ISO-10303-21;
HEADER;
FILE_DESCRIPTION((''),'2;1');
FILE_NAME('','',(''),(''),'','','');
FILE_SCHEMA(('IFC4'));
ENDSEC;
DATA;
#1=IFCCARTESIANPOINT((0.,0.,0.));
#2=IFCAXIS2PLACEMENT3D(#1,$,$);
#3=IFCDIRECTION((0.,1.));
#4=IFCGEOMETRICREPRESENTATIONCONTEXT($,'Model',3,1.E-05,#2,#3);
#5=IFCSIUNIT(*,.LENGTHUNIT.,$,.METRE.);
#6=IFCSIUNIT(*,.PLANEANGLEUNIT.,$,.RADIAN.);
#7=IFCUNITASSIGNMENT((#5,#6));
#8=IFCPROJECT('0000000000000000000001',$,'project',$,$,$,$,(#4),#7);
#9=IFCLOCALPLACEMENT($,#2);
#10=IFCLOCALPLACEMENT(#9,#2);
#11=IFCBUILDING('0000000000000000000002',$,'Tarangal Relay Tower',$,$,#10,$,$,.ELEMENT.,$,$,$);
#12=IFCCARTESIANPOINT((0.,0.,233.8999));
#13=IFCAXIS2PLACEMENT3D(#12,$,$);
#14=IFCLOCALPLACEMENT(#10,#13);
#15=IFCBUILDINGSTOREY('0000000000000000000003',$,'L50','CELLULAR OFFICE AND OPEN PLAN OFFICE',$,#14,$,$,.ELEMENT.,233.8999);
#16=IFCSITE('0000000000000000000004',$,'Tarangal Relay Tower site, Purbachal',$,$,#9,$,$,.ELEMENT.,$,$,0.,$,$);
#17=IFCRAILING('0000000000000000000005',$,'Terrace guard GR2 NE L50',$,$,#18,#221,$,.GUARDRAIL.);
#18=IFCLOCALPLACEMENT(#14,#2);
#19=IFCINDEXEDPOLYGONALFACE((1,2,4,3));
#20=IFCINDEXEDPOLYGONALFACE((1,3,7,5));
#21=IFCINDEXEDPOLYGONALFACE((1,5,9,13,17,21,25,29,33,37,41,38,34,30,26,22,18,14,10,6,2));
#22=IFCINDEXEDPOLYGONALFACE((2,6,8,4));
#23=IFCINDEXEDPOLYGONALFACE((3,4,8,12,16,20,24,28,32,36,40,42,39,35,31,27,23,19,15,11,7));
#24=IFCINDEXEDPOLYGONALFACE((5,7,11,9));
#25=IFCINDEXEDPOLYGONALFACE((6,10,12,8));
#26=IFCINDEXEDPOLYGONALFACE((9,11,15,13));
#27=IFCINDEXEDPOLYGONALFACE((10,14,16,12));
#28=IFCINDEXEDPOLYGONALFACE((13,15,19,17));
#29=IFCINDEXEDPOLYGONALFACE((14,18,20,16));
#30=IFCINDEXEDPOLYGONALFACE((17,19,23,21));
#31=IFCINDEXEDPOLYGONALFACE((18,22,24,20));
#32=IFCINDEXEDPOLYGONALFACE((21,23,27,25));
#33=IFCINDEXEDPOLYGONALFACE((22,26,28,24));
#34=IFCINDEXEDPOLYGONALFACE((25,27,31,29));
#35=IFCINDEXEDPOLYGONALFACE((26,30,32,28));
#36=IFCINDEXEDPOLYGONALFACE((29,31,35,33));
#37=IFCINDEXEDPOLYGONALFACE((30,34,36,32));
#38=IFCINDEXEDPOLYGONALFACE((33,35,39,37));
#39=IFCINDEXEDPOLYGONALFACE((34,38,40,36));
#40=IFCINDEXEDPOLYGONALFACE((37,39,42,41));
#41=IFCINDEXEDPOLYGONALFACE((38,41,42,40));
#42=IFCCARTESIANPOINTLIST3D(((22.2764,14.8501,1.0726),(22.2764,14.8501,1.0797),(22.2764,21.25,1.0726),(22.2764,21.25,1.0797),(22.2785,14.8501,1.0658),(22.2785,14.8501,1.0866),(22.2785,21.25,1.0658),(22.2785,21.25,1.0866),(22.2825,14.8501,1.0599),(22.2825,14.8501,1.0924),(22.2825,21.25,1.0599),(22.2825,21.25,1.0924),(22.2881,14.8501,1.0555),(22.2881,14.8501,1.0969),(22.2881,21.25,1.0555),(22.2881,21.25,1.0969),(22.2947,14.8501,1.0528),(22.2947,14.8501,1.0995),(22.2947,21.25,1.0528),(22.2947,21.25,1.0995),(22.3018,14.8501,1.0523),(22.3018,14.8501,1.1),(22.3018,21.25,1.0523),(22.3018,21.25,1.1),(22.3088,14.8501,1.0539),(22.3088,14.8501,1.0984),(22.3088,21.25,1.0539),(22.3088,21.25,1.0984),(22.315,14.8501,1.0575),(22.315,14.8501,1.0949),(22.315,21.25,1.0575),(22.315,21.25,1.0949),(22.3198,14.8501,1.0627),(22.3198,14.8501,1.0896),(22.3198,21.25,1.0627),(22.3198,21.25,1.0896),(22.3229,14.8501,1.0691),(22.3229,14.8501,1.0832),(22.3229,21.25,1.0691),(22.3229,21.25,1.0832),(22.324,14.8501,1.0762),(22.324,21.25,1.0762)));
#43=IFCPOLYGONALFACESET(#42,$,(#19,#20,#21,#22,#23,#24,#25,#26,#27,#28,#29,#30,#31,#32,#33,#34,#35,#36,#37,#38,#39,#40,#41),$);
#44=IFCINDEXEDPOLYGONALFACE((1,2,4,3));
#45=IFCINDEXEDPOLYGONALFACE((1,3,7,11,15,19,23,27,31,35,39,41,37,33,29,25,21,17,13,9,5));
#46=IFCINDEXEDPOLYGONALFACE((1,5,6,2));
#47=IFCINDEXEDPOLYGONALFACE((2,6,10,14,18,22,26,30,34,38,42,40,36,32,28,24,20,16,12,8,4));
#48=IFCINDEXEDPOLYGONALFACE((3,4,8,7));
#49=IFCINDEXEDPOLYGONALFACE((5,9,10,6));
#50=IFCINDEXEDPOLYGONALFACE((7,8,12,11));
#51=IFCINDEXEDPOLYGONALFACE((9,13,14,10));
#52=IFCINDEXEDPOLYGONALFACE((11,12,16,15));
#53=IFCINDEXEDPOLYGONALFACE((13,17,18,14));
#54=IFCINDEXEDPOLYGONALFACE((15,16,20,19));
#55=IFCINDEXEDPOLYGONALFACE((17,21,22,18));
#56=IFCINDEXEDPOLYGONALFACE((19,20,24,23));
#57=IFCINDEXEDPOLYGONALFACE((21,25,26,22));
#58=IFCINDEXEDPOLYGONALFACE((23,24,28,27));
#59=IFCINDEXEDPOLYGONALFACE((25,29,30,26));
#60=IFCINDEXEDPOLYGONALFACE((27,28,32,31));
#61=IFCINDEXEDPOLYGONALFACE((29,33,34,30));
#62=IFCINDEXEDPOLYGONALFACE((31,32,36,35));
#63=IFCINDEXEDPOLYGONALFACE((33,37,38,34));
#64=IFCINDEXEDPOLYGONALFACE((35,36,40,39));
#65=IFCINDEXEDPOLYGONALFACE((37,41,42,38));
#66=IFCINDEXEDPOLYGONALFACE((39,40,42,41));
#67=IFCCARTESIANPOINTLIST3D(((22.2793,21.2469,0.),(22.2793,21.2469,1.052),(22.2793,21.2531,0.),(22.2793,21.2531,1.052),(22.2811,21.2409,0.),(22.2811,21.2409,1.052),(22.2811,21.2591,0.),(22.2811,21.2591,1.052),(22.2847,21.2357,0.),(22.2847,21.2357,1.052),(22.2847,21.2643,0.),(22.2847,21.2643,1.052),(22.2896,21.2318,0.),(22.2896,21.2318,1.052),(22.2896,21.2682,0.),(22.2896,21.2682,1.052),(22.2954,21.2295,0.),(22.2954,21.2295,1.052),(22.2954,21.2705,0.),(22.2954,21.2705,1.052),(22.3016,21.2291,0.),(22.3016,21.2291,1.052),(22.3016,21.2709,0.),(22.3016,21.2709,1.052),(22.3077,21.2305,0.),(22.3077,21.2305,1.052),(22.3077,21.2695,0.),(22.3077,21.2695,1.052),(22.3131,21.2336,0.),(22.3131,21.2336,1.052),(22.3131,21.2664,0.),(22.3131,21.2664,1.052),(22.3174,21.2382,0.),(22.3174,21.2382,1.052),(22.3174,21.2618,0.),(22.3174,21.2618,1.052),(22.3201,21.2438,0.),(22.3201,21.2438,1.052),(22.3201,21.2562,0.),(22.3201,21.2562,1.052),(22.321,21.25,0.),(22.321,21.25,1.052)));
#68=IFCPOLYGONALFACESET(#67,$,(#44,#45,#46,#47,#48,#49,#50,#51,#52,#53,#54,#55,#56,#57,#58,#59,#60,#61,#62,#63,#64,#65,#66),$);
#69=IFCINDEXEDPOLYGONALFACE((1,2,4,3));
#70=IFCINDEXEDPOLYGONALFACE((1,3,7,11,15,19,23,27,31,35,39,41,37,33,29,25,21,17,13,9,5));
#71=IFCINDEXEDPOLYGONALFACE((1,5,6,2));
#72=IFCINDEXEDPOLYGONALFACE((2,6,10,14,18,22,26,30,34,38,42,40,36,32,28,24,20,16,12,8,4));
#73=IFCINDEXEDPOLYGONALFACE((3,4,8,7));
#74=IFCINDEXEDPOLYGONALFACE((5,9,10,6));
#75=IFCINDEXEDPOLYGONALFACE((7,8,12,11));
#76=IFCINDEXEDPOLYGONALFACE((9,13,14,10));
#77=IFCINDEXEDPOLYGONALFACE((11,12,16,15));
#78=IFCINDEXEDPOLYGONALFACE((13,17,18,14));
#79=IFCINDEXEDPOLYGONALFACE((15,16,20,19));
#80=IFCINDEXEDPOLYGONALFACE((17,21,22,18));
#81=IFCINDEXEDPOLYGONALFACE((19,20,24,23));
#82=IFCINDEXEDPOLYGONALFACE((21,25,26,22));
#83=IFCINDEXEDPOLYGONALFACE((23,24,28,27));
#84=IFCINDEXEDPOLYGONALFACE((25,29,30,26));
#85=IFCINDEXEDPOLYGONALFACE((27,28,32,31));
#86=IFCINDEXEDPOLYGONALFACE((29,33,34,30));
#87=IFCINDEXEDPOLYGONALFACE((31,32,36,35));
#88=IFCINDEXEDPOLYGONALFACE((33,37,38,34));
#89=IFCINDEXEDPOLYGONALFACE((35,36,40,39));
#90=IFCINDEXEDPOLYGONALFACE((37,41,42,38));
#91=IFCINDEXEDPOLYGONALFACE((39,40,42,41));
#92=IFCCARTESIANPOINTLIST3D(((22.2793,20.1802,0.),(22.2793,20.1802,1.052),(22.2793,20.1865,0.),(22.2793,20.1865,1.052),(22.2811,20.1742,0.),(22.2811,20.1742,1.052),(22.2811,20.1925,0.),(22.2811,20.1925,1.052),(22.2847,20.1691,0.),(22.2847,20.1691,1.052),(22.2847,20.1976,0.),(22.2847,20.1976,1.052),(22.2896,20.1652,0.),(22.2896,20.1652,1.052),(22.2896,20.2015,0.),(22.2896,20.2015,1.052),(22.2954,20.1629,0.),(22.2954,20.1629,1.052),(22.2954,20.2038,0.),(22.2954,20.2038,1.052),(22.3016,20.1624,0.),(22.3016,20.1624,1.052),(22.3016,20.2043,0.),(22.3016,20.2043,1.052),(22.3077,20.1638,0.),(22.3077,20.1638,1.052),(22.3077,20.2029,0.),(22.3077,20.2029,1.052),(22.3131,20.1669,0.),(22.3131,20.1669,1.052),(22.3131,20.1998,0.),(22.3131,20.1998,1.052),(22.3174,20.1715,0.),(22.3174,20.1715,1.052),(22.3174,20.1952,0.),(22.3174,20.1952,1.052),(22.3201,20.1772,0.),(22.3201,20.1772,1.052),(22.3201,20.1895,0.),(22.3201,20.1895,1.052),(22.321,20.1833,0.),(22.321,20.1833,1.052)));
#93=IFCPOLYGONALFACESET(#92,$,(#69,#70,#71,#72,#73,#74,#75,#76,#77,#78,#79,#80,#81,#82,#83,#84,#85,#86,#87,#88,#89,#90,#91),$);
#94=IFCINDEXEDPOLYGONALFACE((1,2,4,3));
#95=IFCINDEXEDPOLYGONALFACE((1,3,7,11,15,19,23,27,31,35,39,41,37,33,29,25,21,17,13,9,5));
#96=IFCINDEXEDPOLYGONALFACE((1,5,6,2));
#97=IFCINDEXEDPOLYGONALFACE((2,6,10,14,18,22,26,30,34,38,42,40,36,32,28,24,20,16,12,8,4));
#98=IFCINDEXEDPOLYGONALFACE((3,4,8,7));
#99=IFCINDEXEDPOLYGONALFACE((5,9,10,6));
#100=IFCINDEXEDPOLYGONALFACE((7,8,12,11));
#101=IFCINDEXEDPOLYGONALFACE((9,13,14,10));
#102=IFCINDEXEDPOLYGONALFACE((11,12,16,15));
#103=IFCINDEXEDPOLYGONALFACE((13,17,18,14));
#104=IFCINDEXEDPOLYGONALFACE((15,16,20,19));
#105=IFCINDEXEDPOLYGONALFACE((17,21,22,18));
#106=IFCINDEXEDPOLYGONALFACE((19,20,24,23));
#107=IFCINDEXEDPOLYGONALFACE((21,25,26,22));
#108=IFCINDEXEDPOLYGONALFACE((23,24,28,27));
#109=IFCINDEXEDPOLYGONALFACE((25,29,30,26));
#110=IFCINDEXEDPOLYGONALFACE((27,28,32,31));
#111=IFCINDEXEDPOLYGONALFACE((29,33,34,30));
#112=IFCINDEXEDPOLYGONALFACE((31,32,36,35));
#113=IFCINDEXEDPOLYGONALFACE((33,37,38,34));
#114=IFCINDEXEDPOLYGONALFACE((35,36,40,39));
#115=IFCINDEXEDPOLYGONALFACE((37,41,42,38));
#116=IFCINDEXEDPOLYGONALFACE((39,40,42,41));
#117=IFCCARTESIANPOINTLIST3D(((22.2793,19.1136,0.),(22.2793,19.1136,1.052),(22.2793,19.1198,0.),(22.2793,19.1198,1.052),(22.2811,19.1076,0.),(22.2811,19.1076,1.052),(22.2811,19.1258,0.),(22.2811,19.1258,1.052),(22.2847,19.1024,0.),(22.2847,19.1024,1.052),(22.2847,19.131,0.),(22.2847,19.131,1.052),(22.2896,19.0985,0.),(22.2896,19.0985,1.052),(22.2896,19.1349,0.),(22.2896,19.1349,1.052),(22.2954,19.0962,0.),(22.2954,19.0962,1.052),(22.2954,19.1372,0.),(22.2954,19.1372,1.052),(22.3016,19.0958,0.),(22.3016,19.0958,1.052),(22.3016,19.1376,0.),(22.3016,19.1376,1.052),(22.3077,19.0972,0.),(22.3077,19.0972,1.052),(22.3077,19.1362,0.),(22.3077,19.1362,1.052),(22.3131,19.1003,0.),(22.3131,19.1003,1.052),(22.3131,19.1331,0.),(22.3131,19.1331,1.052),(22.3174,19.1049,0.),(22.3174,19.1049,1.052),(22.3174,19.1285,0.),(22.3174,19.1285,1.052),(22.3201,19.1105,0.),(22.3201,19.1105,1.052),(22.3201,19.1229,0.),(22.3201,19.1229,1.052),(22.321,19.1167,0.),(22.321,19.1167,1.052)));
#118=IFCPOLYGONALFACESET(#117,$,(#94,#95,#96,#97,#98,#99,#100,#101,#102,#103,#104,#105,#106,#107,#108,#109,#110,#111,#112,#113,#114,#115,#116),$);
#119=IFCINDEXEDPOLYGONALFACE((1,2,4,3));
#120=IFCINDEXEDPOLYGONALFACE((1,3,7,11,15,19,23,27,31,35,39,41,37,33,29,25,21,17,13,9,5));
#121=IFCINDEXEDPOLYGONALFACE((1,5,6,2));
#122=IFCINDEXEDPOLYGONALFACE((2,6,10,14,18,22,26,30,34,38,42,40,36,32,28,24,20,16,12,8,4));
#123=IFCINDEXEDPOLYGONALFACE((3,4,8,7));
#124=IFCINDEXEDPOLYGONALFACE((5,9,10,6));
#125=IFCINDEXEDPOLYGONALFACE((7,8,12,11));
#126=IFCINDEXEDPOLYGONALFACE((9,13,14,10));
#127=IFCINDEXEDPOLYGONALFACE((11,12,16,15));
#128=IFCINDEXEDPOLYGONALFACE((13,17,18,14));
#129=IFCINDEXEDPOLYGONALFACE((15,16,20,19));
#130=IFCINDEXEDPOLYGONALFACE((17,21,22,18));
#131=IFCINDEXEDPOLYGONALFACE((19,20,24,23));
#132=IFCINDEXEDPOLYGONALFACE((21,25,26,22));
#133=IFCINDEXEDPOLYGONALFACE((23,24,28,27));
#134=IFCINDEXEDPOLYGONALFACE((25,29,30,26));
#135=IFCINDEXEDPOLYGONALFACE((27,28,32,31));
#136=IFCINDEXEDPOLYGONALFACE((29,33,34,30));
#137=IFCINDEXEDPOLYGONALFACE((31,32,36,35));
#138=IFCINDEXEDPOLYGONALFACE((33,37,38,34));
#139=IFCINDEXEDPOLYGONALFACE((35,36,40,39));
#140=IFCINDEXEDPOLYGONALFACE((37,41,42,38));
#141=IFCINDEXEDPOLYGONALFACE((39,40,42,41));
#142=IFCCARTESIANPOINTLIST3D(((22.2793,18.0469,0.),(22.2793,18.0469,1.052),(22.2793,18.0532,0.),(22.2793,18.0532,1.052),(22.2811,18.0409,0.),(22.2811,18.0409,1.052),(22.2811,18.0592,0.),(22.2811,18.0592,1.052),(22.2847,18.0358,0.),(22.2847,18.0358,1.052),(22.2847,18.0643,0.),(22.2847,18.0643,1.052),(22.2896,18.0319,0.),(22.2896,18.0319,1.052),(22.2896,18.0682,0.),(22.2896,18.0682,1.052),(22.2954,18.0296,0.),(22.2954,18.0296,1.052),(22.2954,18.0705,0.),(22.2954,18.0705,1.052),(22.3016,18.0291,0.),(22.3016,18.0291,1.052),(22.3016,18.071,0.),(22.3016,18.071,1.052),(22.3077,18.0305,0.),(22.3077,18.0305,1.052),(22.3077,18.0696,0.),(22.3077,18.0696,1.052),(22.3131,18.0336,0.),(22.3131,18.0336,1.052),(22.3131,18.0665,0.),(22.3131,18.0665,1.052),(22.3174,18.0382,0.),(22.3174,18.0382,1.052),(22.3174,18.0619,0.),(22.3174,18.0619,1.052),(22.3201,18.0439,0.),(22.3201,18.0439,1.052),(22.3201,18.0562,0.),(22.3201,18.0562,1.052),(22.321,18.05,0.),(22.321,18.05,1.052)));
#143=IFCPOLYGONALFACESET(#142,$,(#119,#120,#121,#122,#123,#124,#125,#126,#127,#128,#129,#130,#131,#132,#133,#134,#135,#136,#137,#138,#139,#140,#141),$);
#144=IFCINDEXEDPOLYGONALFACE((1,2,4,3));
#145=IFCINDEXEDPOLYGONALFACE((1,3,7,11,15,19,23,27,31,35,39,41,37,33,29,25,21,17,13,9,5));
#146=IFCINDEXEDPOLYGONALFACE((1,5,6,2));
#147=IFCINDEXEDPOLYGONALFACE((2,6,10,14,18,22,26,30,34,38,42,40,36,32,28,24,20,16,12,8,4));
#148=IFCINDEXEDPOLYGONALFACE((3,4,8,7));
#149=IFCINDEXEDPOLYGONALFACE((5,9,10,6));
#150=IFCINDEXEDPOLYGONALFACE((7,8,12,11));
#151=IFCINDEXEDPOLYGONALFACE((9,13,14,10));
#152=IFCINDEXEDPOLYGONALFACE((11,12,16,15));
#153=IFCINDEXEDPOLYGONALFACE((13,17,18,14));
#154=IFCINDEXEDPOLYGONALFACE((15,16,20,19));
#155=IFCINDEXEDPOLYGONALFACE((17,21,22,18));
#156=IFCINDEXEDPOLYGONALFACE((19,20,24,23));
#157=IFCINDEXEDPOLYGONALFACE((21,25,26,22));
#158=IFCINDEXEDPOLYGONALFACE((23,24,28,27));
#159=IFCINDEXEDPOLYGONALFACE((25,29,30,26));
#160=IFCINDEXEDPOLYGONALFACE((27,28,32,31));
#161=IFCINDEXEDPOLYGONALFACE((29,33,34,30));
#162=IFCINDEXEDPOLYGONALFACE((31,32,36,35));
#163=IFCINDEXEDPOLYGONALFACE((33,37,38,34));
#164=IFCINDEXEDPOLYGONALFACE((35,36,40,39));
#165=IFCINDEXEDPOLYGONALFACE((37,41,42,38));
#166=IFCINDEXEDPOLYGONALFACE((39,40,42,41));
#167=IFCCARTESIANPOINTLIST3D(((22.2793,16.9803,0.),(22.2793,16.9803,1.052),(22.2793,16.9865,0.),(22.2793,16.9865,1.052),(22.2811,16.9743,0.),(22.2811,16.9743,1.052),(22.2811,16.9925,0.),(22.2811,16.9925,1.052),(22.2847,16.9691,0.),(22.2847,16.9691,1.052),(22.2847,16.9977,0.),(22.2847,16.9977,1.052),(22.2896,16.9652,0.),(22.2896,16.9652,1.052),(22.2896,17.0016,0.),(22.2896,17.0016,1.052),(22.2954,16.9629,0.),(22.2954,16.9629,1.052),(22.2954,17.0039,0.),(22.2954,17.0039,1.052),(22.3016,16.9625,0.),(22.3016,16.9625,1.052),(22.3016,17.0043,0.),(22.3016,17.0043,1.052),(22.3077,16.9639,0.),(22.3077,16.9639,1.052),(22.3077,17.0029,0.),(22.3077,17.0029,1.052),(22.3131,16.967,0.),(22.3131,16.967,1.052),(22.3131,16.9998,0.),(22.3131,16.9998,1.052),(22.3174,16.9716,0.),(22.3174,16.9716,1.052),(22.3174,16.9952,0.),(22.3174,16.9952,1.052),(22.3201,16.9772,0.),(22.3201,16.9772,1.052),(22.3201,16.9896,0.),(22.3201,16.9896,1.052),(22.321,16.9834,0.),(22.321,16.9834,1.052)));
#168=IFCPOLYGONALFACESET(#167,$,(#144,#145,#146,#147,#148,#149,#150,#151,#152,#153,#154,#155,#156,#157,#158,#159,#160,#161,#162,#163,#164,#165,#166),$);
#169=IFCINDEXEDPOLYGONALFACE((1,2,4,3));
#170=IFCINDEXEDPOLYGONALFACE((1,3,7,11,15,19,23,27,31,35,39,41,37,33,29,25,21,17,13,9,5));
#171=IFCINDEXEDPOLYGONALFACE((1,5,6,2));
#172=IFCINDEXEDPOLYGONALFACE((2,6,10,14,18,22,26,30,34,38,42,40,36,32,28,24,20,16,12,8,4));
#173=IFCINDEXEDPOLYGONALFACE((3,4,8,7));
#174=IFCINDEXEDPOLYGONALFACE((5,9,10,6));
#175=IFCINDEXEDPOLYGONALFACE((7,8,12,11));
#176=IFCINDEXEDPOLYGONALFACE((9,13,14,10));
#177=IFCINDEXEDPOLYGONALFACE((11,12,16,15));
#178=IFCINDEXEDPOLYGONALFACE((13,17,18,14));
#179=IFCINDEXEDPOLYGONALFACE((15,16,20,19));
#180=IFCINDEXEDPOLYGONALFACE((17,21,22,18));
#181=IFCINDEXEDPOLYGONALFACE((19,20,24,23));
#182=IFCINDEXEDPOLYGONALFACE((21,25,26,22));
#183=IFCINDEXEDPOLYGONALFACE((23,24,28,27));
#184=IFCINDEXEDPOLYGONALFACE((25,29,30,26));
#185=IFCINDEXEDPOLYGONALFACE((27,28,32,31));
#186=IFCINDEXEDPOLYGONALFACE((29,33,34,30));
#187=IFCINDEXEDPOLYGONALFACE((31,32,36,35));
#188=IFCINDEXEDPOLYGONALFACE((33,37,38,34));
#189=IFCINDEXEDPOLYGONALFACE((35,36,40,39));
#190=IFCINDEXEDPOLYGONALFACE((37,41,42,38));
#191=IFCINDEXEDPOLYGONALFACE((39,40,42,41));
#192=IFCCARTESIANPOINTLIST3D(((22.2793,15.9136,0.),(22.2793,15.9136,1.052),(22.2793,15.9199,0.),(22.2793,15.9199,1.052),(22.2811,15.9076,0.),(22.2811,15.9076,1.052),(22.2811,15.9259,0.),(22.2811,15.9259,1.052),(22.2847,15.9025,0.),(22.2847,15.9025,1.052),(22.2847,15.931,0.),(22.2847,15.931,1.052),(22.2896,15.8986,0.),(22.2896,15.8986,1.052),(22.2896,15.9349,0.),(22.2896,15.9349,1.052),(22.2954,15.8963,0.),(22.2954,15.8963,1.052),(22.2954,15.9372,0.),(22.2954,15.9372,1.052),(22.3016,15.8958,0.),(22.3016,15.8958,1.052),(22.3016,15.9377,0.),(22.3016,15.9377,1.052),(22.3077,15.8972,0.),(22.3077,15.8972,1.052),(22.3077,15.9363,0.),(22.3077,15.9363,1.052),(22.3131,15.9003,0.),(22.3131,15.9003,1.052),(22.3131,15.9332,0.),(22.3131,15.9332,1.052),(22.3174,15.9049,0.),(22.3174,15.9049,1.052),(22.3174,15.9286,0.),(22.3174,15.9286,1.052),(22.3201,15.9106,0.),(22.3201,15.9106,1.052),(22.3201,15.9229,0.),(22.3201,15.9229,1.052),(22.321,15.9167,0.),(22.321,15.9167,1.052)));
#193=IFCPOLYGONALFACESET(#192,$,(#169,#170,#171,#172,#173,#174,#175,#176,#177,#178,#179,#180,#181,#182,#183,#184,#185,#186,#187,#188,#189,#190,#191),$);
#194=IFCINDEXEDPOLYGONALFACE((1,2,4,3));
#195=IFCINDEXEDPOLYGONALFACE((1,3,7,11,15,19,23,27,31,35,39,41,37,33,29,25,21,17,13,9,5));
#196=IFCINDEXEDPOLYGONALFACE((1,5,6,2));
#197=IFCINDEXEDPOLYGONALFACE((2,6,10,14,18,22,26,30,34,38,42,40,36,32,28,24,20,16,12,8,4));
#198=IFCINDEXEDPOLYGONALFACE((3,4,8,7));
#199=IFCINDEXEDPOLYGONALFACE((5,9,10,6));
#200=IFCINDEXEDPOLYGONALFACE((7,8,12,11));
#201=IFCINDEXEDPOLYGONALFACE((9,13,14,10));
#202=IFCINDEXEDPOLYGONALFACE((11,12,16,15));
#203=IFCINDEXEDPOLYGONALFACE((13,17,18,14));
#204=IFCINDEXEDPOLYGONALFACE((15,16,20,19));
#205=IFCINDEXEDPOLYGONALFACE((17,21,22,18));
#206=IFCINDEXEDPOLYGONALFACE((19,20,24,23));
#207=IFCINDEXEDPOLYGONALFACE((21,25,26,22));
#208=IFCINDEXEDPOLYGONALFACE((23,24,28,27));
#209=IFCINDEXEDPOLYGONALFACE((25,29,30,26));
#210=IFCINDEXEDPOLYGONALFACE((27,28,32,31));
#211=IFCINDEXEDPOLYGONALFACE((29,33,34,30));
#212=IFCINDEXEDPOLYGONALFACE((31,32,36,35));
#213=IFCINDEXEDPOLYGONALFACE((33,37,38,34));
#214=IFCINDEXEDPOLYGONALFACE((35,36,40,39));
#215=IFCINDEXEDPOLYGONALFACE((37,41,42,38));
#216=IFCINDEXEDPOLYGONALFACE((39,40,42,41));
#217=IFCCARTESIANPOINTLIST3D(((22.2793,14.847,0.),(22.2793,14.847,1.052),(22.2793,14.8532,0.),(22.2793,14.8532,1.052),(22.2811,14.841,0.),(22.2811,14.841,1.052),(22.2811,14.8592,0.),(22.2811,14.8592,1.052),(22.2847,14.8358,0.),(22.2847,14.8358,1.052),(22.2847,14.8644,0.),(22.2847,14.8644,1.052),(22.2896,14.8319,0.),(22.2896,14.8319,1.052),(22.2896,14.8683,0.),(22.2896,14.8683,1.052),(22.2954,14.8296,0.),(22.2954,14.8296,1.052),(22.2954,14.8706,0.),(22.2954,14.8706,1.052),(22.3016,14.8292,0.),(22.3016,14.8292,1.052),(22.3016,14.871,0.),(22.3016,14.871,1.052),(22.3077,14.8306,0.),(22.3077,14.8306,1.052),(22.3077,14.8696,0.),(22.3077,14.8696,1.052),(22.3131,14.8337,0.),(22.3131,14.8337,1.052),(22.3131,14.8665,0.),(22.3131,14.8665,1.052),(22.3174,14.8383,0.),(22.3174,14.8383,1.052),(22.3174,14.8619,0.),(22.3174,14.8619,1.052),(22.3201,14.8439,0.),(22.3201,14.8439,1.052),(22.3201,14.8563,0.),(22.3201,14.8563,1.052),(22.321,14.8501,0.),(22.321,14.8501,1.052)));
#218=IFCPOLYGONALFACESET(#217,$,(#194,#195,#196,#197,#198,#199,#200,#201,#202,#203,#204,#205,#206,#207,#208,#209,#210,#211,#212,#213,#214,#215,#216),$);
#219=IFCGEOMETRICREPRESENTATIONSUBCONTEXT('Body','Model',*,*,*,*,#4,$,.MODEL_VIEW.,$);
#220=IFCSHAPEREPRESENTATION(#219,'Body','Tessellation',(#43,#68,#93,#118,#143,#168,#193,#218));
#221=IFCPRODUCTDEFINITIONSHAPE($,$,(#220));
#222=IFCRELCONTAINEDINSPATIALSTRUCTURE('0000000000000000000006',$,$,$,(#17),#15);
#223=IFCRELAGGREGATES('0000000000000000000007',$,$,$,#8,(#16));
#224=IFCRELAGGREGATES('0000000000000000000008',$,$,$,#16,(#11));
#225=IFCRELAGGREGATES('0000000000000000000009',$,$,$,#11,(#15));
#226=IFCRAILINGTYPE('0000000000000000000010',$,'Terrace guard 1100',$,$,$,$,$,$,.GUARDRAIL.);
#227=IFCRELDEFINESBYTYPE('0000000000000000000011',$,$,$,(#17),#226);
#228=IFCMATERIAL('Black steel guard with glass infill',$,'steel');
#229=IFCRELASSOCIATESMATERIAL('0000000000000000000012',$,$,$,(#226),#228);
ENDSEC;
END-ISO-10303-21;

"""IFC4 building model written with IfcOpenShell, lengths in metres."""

from ifc_helpers import new_model, si_unit, direction, frame, origin, origin_2d, place, context, subcontext, project, spatial, circle, extrude, material, type_object, element, save


model = new_model("IFC4")

# Units and contexts
model_context = context("Model", 3, precision=1e-05, world=origin(), true_north=direction((0.0, 1.0)))
body_context = subcontext(model_context, "Body", "Model", "MODEL_VIEW")
ifc_project = project(units=[si_unit("LENGTHUNIT", "METRE"), si_unit("PLANEANGLEUNIT", "RADIAN")], contexts=[model_context])

# Site, building, storey
site_placement = place(None, origin())
site = spatial("IfcSite", under=ifc_project, at=site_placement, Name="Tarangal Relay Tower site, Purbachal", CompositionType="ELEMENT", RefElevation=0.0)
building_placement = place(site_placement, origin())
building = spatial("IfcBuilding", under=site, at=building_placement, Name="Tarangal Relay Tower", CompositionType="ELEMENT")
storey_placement = place(building_placement, frame((0.0, 0.0, 233.8999)))
storey = spatial("IfcBuildingStorey", under=building, at=storey_placement, Name="L50", Description="CELLULAR OFFICE AND OPEN PLAN OFFICE", CompositionType="ELEMENT", Elevation=233.8999)

# Railing
ifc_material_1 = material(Name="Black steel guard with glass infill", Category="steel")
railing_type = type_object("IfcRailingType", Name="Terrace guard 1100", PredefinedType="GUARDRAIL", material=ifc_material_1)
railing_1_placement = place(storey_placement, frame((22.3, 21.25, 0.0)))
element("IfcRailing", 1, at=railing_1_placement, inside=storey, type_object=railing_type, Name="Terrace guard GR2 NE L50", PredefinedType="GUARDRAIL", context=body_context, shape_type="SweptSolid", body=[
    extrude(circle(Radius=0.0239, at=origin_2d()), frame((0.0, 0.0, 1.0762), z_axis=(0.0, -1.0, 0.0), x_axis=(1.0, 0.0, 0.0)), (0.0, 0.0, 1.0), 6.3999),
    extrude(circle(Radius=0.021, at=origin_2d()), origin(), (0.0, 0.0, 1.0), 1.052),
    extrude(circle(Radius=0.021, at=origin_2d()), frame((0.0, -1.0667, 0.0)), (0.0, 0.0, 1.0), 1.052),
    extrude(circle(Radius=0.021, at=origin_2d()), frame((0.0, -2.1333, 0.0)), (0.0, 0.0, 1.0), 1.052),
    extrude(circle(Radius=0.021, at=origin_2d()), frame((0.0, -3.2, 0.0)), (0.0, 0.0, 1.0), 1.052),
    extrude(circle(Radius=0.021, at=origin_2d()), frame((0.0, -4.2666, 0.0)), (0.0, 0.0, 1.0), 1.052),
    extrude(circle(Radius=0.021, at=origin_2d()), frame((0.0, -5.3333, 0.0)), (0.0, 0.0, 1.0), 1.052),
    extrude(circle(Radius=0.021, at=origin_2d()), frame((0.0, -6.3999, 0.0)), (0.0, 0.0, 1.0), 1.052),
])

save(model, "model.ifc")
